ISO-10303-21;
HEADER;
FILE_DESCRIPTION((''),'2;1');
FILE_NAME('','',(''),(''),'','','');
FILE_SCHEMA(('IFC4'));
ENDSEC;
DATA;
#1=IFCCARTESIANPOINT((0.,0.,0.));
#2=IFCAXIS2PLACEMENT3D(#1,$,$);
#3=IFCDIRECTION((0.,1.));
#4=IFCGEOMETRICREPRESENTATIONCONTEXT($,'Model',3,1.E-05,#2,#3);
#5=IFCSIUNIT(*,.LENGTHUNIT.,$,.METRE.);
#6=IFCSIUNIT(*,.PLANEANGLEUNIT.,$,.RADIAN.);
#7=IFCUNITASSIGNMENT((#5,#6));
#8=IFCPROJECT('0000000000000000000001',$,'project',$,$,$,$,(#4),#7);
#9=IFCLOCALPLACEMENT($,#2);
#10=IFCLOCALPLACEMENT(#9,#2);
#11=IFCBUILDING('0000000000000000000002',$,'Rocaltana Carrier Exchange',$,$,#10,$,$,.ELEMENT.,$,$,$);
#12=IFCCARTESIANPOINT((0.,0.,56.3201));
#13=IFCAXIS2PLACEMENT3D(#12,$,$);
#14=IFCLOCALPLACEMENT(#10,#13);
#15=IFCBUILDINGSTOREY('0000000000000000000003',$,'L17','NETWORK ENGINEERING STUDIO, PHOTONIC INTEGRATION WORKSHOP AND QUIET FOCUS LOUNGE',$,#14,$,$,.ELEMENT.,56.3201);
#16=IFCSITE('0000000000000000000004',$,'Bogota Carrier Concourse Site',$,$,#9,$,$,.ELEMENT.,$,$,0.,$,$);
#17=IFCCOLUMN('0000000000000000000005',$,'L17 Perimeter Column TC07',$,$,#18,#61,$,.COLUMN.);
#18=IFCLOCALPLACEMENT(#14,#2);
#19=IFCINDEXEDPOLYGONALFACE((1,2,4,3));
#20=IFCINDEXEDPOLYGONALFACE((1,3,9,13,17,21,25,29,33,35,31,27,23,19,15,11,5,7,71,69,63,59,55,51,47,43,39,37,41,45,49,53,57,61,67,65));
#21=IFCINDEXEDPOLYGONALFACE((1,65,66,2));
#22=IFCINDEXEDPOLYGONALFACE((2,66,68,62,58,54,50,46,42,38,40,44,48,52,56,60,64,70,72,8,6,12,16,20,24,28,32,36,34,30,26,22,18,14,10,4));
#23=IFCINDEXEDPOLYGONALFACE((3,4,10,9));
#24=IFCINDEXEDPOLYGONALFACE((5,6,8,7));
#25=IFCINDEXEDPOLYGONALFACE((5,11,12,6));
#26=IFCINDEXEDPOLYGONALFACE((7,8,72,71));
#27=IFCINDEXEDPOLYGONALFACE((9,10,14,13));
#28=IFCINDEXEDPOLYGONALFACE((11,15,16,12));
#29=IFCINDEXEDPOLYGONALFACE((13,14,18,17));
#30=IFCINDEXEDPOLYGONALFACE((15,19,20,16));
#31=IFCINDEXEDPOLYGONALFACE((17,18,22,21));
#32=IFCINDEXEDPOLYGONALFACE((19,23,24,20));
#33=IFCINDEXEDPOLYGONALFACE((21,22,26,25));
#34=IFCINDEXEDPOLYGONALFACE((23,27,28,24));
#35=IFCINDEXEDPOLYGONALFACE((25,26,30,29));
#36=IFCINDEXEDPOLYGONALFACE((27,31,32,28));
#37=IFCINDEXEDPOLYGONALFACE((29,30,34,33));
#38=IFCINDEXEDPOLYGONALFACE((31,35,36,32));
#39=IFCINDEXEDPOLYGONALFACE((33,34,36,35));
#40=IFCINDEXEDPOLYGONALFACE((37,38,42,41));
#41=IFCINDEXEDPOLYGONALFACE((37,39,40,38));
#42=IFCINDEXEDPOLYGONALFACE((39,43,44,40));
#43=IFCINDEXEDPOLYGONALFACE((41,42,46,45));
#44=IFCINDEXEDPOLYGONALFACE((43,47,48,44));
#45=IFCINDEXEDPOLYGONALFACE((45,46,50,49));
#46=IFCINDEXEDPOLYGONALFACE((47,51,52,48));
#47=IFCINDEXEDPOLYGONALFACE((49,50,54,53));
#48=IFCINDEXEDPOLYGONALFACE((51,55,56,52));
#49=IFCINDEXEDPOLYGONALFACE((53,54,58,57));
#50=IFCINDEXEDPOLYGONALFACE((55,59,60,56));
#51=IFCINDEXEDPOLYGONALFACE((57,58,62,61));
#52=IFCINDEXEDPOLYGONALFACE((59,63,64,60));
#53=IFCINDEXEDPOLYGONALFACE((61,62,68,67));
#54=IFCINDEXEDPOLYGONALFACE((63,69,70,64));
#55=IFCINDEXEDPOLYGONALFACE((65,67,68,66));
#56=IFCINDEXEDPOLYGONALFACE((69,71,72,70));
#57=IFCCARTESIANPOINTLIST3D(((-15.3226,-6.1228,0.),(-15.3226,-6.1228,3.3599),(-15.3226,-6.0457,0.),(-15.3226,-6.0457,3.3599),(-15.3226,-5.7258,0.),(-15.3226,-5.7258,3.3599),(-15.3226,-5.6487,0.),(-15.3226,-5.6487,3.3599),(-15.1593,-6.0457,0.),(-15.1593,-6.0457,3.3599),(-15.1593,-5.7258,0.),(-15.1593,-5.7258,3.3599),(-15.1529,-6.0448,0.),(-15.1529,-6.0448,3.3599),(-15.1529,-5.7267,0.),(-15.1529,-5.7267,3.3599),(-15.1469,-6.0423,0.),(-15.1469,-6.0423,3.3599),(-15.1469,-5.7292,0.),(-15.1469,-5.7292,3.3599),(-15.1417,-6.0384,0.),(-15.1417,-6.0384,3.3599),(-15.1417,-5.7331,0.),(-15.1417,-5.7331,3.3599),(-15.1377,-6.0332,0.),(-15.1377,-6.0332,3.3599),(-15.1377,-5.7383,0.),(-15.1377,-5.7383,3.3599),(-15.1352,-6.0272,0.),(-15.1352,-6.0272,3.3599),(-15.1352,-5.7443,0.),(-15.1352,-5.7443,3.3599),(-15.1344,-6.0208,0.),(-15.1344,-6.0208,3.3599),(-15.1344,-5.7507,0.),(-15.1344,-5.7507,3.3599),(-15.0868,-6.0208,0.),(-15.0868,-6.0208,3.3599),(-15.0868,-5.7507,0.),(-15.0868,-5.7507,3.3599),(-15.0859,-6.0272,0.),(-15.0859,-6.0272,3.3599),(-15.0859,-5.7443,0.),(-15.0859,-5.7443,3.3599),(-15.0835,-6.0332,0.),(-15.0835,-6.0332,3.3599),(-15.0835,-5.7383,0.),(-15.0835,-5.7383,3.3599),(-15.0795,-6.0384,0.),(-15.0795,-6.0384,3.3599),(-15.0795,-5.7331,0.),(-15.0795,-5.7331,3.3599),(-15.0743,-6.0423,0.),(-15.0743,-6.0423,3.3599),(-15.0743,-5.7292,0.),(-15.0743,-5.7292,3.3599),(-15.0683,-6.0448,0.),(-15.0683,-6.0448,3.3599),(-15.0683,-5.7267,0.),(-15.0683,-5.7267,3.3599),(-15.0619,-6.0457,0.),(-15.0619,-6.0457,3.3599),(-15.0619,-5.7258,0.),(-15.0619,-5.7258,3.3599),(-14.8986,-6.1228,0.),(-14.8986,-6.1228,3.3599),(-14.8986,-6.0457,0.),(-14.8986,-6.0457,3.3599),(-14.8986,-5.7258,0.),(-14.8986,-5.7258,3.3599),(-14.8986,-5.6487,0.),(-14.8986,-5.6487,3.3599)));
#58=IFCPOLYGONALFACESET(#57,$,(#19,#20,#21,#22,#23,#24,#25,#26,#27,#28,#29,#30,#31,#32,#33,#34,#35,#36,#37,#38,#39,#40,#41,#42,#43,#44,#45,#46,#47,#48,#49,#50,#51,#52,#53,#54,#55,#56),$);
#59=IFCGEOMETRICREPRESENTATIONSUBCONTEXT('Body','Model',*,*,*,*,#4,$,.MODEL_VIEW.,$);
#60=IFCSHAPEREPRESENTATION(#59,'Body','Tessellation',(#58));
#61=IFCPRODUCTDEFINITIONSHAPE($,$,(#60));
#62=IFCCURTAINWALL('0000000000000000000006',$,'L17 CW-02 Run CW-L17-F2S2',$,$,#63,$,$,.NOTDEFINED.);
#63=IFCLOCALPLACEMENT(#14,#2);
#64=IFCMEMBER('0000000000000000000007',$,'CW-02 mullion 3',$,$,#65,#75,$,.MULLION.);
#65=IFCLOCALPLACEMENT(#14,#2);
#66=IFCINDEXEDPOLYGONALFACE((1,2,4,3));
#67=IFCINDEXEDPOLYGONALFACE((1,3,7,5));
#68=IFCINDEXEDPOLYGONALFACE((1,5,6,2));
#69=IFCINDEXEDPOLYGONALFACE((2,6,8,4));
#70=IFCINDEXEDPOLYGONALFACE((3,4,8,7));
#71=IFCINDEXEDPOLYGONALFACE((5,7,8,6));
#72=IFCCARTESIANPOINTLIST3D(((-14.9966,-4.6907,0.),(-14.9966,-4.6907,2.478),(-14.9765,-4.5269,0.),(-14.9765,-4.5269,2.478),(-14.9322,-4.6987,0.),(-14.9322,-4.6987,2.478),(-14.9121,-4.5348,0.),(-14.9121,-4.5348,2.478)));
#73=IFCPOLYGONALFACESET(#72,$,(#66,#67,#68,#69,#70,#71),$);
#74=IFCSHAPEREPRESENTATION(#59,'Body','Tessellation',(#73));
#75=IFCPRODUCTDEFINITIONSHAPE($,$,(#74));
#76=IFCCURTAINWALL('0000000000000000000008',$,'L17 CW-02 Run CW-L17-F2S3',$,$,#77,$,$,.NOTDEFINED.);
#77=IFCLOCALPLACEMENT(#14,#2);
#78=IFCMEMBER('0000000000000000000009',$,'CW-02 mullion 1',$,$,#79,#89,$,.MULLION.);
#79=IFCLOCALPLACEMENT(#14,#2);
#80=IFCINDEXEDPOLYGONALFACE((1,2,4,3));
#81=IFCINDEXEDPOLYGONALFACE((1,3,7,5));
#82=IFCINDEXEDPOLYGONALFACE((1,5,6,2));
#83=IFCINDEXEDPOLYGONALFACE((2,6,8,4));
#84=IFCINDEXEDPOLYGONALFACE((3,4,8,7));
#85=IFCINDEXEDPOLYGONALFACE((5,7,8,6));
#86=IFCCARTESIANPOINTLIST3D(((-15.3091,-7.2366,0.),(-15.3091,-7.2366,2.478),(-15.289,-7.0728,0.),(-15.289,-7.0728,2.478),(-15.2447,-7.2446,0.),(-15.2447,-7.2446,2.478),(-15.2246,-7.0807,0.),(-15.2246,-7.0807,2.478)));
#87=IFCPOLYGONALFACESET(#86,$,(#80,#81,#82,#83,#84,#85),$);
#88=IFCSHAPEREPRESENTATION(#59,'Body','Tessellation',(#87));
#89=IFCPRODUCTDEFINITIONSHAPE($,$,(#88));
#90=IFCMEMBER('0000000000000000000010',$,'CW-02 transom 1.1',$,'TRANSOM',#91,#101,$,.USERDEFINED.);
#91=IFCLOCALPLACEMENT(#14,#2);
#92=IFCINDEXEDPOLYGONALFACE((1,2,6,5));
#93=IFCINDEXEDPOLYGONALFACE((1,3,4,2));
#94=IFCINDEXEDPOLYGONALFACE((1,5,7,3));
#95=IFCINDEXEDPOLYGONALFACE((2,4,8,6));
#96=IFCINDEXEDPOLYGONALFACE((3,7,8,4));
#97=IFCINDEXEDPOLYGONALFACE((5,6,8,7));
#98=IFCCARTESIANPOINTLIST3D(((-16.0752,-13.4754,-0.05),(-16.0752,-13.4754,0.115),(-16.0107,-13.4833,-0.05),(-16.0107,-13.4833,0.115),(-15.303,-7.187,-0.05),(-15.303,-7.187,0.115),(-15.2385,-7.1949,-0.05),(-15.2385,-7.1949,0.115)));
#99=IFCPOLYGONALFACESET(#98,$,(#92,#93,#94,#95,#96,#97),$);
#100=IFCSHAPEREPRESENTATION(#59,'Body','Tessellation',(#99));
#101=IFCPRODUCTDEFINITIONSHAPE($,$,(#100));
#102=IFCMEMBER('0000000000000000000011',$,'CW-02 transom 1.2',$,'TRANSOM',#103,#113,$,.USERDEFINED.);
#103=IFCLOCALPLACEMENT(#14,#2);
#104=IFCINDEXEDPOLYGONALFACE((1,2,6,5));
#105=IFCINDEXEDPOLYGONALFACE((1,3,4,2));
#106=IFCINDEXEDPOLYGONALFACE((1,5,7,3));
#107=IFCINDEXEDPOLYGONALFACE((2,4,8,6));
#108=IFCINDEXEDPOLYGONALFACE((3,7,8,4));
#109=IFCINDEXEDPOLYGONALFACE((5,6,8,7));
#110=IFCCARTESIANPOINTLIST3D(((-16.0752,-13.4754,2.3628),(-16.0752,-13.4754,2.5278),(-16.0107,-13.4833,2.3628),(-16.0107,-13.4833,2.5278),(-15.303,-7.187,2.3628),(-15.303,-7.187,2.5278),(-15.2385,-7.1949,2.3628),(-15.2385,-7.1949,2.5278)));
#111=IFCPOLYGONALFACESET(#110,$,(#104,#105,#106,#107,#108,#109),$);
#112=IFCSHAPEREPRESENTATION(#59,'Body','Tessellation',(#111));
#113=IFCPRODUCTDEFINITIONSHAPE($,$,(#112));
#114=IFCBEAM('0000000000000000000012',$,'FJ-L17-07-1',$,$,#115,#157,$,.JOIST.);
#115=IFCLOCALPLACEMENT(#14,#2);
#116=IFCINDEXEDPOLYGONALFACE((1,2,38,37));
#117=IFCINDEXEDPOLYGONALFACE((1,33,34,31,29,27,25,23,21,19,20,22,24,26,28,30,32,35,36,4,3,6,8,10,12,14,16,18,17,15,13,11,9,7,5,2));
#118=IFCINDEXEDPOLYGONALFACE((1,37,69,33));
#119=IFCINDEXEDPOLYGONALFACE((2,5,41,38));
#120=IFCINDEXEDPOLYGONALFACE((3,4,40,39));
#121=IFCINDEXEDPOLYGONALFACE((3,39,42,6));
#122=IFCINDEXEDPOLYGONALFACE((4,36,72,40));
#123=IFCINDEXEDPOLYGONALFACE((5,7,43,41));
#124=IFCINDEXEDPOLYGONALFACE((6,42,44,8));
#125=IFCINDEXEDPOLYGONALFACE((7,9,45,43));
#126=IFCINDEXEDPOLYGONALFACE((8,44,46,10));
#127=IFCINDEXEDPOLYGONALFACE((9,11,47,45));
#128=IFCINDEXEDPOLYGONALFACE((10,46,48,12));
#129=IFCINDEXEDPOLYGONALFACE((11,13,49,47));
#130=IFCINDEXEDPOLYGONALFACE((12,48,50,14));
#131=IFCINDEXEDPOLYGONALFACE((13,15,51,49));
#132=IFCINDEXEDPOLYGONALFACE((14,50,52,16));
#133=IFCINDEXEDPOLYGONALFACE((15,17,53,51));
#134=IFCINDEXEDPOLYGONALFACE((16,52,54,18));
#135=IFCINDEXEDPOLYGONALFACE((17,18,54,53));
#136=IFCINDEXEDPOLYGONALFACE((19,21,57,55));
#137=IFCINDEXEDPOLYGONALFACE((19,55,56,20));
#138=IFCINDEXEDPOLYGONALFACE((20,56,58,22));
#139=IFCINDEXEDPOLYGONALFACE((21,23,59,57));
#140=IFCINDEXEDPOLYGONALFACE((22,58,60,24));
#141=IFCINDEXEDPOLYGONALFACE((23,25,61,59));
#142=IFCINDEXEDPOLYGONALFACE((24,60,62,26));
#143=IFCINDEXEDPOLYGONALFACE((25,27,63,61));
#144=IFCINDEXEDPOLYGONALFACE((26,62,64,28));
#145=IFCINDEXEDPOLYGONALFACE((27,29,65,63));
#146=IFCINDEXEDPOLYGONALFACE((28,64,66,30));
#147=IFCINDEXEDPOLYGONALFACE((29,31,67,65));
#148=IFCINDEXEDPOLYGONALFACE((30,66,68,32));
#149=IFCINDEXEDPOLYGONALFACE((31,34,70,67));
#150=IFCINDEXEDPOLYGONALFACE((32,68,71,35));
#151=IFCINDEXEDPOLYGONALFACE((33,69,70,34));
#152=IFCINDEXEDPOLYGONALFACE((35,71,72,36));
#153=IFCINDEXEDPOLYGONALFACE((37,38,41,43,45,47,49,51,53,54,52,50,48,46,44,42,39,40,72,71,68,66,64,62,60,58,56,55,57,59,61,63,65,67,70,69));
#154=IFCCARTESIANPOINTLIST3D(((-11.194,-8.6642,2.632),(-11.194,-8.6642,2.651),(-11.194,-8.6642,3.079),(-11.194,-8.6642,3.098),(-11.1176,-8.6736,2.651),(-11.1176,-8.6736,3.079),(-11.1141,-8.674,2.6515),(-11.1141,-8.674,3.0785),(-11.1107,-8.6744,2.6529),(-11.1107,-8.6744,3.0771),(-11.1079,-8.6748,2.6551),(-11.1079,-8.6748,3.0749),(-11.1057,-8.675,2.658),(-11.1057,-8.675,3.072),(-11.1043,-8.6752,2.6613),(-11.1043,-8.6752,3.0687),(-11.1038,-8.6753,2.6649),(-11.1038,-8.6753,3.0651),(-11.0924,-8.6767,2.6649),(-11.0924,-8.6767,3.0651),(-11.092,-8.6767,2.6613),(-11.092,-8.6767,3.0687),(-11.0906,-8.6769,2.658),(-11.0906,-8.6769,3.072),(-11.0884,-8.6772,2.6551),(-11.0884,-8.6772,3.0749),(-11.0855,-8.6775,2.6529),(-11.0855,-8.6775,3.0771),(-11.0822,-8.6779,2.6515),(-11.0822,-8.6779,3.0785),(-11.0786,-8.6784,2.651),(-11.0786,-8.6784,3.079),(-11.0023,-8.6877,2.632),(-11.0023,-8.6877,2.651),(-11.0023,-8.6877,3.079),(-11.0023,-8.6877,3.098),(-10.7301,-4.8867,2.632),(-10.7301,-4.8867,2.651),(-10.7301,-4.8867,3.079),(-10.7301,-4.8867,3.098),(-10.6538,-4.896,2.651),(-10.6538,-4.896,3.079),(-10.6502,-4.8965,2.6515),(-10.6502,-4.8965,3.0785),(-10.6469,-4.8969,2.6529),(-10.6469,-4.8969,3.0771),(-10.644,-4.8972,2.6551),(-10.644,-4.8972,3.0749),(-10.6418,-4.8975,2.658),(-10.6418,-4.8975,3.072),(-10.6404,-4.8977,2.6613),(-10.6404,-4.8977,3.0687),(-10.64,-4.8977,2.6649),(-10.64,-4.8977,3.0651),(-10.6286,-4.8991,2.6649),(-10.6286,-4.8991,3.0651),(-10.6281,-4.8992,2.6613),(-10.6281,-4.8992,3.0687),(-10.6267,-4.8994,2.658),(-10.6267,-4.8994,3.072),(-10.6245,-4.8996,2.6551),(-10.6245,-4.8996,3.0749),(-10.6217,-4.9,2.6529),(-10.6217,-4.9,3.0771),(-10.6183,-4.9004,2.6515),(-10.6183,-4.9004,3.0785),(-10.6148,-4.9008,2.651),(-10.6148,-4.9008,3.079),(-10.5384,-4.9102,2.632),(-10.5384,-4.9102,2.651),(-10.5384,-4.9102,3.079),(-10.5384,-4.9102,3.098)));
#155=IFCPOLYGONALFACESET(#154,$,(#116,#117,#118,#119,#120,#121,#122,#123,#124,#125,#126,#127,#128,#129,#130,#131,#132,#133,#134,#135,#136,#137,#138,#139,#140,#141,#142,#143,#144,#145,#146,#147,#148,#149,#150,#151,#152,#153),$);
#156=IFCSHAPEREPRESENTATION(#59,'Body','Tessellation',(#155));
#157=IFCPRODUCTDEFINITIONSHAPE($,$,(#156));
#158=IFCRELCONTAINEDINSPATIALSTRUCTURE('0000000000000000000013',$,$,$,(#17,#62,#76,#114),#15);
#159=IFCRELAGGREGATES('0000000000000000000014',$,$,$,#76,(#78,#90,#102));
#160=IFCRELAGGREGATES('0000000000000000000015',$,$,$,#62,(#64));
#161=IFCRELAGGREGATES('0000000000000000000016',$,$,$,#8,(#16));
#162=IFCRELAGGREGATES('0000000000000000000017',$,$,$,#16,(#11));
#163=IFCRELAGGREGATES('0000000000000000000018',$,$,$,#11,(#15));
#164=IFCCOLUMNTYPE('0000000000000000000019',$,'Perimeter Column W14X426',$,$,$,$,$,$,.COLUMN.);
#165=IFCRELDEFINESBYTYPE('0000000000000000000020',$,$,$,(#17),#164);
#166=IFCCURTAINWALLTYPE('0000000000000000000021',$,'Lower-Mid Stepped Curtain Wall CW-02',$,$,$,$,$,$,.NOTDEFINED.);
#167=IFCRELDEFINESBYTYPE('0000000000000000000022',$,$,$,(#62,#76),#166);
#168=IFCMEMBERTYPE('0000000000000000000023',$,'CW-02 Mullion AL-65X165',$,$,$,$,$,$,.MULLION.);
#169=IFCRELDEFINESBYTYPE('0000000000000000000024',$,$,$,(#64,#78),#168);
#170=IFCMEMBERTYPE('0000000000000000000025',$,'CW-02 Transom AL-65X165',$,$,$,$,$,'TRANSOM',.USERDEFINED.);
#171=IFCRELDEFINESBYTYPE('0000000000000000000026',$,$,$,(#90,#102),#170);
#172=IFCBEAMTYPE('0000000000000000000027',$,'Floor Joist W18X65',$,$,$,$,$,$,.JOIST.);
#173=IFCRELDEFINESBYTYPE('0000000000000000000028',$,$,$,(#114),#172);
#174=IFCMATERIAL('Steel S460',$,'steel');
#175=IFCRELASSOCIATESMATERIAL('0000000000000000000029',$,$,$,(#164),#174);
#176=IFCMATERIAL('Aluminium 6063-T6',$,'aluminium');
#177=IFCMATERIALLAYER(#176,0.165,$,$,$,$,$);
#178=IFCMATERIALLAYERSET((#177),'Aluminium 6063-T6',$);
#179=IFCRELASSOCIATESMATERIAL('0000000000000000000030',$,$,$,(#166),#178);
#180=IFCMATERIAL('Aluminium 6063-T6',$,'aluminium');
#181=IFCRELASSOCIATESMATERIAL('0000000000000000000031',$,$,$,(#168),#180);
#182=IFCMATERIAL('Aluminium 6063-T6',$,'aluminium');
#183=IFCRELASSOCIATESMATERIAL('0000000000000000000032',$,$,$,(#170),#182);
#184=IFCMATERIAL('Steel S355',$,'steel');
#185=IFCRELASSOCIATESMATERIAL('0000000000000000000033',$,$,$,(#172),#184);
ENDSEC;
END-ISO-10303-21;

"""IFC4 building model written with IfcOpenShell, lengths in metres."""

from ifc_helpers import new_model, si_unit, direction, frame, origin, origin_2d, place, context, subcontext, project, spatial, rectangle, i_section, extrude, material, layer, layer_set, material_profile, profile_set, type_object, element, aggregate, save


model = new_model("IFC4")

# Units and contexts
model_context = context("Model", 3, precision=1e-05, world=origin(), true_north=direction((0.0, 1.0)))
body_context = subcontext(model_context, "Body", "Model", "MODEL_VIEW")
ifc_project = project(units=[si_unit("LENGTHUNIT", "METRE"), si_unit("PLANEANGLEUNIT", "RADIAN")], contexts=[model_context])

# Site, building, storey
site_placement = place(None, origin())
site = spatial("IfcSite", under=ifc_project, at=site_placement, Name="Bogota Carrier Concourse Site", CompositionType="ELEMENT", RefElevation=0.0)
building_placement = place(site_placement, origin())
building = spatial("IfcBuilding", under=site, at=building_placement, Name="Rocaltana Carrier Exchange", CompositionType="ELEMENT")
storey_placement = place(building_placement, frame((0.0, 0.0, 56.3201)))
storey = spatial("IfcBuildingStorey", under=building, at=storey_placement, Name="L17", Description="NETWORK ENGINEERING STUDIO, PHOTONIC INTEGRATION WORKSHOP AND QUIET FOCUS LOUNGE", CompositionType="ELEMENT", Elevation=56.3201)

# Column
ifc_material_1 = material(Name="Steel S460", Category="steel")
ifc_material_profile_1 = material_profile(ifc_material_1, i_section(OverallWidth=0.4241, OverallDepth=0.4741, WebThickness=0.0476, FlangeThickness=0.0771, FilletRadius=0.0249, at=origin_2d()), Name="W14X426")
ifc_profile_set_1 = profile_set([ifc_material_profile_1], Name="Steel S460")
column_type = type_object("IfcColumnType", Name="Perimeter Column W14X426", PredefinedType="COLUMN", material=ifc_profile_set_1)
column_placement = place(storey_placement, frame((-15.1106, -5.8857, 0.0), z_axis=(0.0, 0.0, 1.0), x_axis=(1.0, 0.0, 0.0)))
element("IfcColumn", 1, at=column_placement, inside=storey, type_object=column_type, Name="L17 Perimeter Column TC07", PredefinedType="COLUMN", context=body_context, shape_type="SweptSolid", body=[
    extrude(i_section(OverallWidth=0.4241, OverallDepth=0.4741, WebThickness=0.0476, FlangeThickness=0.0771, FilletRadius=0.0249, at=origin_2d()), origin(), (0.0, 0.0, 1.0), 3.3599),
])

# Curtain wall, member
ifc_material_2 = material(Name="Aluminium 6063-T6", Category="aluminium")
ifc_layer_1 = layer(ifc_material_2, 0.165)
ifc_layer_set_1 = layer_set([ifc_layer_1], Name="Aluminium 6063-T6")
curtain_wall_type = type_object("IfcCurtainWallType", Name="Lower-Mid Stepped Curtain Wall CW-02", PredefinedType="NOTDEFINED", material=ifc_layer_set_1)
curtain_wall_1_placement = place(storey_placement, origin())
curtain_wall_1 = element("IfcCurtainWall", 2, at=curtain_wall_1_placement, inside=storey, type_object=curtain_wall_type, Name="L17 CW-02 Run CW-L17-F2S2", PredefinedType="NOTDEFINED")
ifc_material_3 = material(Name="Aluminium 6063-T6", Category="aluminium")
ifc_material_profile_2 = material_profile(ifc_material_3, rectangle(XDim=0.0649, YDim=0.165, at=origin_2d()), Name="AL-65X165")
ifc_profile_set_2 = profile_set([ifc_material_profile_2], Name="Aluminium 6063-T6")
member_type_1 = type_object("IfcMemberType", Name="CW-02 Mullion AL-65X165", PredefinedType="MULLION", material=ifc_profile_set_2)
member_1_placement = place(storey_placement, frame((-14.9543, -4.6128, 0.0), z_axis=(0.0, 0.0, 1.0), x_axis=(0.992546, -0.121874, 0.0)))
member_1 = element("IfcMember", 3, at=member_1_placement, type_object=member_type_1, Name="CW-02 mullion 3", PredefinedType="MULLION", context=body_context, shape_type="SweptSolid", body=[
    extrude(rectangle(XDim=0.0649, YDim=0.165, at=origin_2d()), origin(), (0.0, 0.0, 1.0), 2.478),
])

# Curtain wall, members
curtain_wall_2_placement = place(storey_placement, origin())
curtain_wall_2 = element("IfcCurtainWall", 4, at=curtain_wall_2_placement, inside=storey, type_object=curtain_wall_type, Name="L17 CW-02 Run CW-L17-F2S3", PredefinedType="NOTDEFINED")
member_2_placement = place(storey_placement, frame((-15.2668, -7.1587, 0.0), z_axis=(0.0, 0.0, 1.0), x_axis=(0.992545, -0.121881, 0.0)))
member_2 = element("IfcMember", 5, at=member_2_placement, type_object=member_type_1, Name="CW-02 mullion 1", PredefinedType="MULLION", context=body_context, shape_type="SweptSolid", body=[
    extrude(rectangle(XDim=0.0649, YDim=0.165, at=origin_2d()), origin(), (0.0, 0.0, 1.0), 2.478),
])
ifc_material_4 = material(Name="Aluminium 6063-T6", Category="aluminium")
ifc_material_profile_3 = material_profile(ifc_material_4, rectangle(XDim=0.0649, YDim=0.165, at=origin_2d()), Name="AL-65X165")
ifc_profile_set_3 = profile_set([ifc_material_profile_3], Name="Aluminium 6063-T6")
member_type_2 = type_object("IfcMemberType", Name="CW-02 Transom AL-65X165", ElementType="TRANSOM", PredefinedType="USERDEFINED", material=ifc_profile_set_3)
member_3_placement = place(storey_placement, frame((-15.2708, -7.1909, 0.0325), z_axis=(-0.121881, -0.992545, 0.0), x_axis=(0.992545, -0.121881, 0.0)))
member_3 = element("IfcMember", 6, at=member_3_placement, type_object=member_type_2, Name="CW-02 transom 1.1", ObjectType="TRANSOM", PredefinedType="USERDEFINED", context=body_context, shape_type="SweptSolid", body=[
    extrude(rectangle(XDim=0.0649, YDim=0.165, at=origin_2d()), origin(), (0.0, 0.0, 1.0), 6.3357),
])
member_4_placement = place(storey_placement, frame((-15.2708, -7.1909, 2.4453), z_axis=(-0.121881, -0.992545, 0.0), x_axis=(0.992545, -0.121881, 0.0)))
member_4 = element("IfcMember", 7, at=member_4_placement, type_object=member_type_2, Name="CW-02 transom 1.2", ObjectType="TRANSOM", PredefinedType="USERDEFINED", context=body_context, shape_type="SweptSolid", body=[
    extrude(rectangle(XDim=0.0649, YDim=0.165, at=origin_2d()), origin(), (0.0, 0.0, 1.0), 6.3357),
])
aggregate(curtain_wall_2, [member_2, member_3, member_4])

# Beam
ifc_material_5 = material(Name="Steel S355", Category="steel")
ifc_material_profile_4 = material_profile(ifc_material_5, i_section(OverallWidth=0.1931, OverallDepth=0.4661, WebThickness=0.0115, FlangeThickness=0.019, FilletRadius=0.0139, at=origin_2d()), Name="W18X65")
ifc_profile_set_4 = profile_set([ifc_material_profile_4], Name="Steel S355")
beam_type_1 = type_object("IfcBeamType", Name="Floor Joist W18X65", PredefinedType="JOIST", material=ifc_profile_set_4)
beam_1_placement = place(storey_placement, frame((-10.6343, -4.8984, 2.865), z_axis=(-0.121879, -0.992545, 0.0), x_axis=(0.992545, -0.121879, 0.0)))
element("IfcBeam", 8, at=beam_1_placement, inside=storey, type_object=beam_type_1, Name="FJ-L17-07-1", PredefinedType="JOIST", context=body_context, shape_type="SweptSolid", body=[
    extrude(i_section(OverallWidth=0.1931, OverallDepth=0.4661, WebThickness=0.0115, FlangeThickness=0.019, FilletRadius=0.0139, at=origin_2d()), origin(), (0.0, 0.0, 1.0), 3.8059),
])

aggregate(curtain_wall_1, [member_1])

save(model, "model.ifc")
